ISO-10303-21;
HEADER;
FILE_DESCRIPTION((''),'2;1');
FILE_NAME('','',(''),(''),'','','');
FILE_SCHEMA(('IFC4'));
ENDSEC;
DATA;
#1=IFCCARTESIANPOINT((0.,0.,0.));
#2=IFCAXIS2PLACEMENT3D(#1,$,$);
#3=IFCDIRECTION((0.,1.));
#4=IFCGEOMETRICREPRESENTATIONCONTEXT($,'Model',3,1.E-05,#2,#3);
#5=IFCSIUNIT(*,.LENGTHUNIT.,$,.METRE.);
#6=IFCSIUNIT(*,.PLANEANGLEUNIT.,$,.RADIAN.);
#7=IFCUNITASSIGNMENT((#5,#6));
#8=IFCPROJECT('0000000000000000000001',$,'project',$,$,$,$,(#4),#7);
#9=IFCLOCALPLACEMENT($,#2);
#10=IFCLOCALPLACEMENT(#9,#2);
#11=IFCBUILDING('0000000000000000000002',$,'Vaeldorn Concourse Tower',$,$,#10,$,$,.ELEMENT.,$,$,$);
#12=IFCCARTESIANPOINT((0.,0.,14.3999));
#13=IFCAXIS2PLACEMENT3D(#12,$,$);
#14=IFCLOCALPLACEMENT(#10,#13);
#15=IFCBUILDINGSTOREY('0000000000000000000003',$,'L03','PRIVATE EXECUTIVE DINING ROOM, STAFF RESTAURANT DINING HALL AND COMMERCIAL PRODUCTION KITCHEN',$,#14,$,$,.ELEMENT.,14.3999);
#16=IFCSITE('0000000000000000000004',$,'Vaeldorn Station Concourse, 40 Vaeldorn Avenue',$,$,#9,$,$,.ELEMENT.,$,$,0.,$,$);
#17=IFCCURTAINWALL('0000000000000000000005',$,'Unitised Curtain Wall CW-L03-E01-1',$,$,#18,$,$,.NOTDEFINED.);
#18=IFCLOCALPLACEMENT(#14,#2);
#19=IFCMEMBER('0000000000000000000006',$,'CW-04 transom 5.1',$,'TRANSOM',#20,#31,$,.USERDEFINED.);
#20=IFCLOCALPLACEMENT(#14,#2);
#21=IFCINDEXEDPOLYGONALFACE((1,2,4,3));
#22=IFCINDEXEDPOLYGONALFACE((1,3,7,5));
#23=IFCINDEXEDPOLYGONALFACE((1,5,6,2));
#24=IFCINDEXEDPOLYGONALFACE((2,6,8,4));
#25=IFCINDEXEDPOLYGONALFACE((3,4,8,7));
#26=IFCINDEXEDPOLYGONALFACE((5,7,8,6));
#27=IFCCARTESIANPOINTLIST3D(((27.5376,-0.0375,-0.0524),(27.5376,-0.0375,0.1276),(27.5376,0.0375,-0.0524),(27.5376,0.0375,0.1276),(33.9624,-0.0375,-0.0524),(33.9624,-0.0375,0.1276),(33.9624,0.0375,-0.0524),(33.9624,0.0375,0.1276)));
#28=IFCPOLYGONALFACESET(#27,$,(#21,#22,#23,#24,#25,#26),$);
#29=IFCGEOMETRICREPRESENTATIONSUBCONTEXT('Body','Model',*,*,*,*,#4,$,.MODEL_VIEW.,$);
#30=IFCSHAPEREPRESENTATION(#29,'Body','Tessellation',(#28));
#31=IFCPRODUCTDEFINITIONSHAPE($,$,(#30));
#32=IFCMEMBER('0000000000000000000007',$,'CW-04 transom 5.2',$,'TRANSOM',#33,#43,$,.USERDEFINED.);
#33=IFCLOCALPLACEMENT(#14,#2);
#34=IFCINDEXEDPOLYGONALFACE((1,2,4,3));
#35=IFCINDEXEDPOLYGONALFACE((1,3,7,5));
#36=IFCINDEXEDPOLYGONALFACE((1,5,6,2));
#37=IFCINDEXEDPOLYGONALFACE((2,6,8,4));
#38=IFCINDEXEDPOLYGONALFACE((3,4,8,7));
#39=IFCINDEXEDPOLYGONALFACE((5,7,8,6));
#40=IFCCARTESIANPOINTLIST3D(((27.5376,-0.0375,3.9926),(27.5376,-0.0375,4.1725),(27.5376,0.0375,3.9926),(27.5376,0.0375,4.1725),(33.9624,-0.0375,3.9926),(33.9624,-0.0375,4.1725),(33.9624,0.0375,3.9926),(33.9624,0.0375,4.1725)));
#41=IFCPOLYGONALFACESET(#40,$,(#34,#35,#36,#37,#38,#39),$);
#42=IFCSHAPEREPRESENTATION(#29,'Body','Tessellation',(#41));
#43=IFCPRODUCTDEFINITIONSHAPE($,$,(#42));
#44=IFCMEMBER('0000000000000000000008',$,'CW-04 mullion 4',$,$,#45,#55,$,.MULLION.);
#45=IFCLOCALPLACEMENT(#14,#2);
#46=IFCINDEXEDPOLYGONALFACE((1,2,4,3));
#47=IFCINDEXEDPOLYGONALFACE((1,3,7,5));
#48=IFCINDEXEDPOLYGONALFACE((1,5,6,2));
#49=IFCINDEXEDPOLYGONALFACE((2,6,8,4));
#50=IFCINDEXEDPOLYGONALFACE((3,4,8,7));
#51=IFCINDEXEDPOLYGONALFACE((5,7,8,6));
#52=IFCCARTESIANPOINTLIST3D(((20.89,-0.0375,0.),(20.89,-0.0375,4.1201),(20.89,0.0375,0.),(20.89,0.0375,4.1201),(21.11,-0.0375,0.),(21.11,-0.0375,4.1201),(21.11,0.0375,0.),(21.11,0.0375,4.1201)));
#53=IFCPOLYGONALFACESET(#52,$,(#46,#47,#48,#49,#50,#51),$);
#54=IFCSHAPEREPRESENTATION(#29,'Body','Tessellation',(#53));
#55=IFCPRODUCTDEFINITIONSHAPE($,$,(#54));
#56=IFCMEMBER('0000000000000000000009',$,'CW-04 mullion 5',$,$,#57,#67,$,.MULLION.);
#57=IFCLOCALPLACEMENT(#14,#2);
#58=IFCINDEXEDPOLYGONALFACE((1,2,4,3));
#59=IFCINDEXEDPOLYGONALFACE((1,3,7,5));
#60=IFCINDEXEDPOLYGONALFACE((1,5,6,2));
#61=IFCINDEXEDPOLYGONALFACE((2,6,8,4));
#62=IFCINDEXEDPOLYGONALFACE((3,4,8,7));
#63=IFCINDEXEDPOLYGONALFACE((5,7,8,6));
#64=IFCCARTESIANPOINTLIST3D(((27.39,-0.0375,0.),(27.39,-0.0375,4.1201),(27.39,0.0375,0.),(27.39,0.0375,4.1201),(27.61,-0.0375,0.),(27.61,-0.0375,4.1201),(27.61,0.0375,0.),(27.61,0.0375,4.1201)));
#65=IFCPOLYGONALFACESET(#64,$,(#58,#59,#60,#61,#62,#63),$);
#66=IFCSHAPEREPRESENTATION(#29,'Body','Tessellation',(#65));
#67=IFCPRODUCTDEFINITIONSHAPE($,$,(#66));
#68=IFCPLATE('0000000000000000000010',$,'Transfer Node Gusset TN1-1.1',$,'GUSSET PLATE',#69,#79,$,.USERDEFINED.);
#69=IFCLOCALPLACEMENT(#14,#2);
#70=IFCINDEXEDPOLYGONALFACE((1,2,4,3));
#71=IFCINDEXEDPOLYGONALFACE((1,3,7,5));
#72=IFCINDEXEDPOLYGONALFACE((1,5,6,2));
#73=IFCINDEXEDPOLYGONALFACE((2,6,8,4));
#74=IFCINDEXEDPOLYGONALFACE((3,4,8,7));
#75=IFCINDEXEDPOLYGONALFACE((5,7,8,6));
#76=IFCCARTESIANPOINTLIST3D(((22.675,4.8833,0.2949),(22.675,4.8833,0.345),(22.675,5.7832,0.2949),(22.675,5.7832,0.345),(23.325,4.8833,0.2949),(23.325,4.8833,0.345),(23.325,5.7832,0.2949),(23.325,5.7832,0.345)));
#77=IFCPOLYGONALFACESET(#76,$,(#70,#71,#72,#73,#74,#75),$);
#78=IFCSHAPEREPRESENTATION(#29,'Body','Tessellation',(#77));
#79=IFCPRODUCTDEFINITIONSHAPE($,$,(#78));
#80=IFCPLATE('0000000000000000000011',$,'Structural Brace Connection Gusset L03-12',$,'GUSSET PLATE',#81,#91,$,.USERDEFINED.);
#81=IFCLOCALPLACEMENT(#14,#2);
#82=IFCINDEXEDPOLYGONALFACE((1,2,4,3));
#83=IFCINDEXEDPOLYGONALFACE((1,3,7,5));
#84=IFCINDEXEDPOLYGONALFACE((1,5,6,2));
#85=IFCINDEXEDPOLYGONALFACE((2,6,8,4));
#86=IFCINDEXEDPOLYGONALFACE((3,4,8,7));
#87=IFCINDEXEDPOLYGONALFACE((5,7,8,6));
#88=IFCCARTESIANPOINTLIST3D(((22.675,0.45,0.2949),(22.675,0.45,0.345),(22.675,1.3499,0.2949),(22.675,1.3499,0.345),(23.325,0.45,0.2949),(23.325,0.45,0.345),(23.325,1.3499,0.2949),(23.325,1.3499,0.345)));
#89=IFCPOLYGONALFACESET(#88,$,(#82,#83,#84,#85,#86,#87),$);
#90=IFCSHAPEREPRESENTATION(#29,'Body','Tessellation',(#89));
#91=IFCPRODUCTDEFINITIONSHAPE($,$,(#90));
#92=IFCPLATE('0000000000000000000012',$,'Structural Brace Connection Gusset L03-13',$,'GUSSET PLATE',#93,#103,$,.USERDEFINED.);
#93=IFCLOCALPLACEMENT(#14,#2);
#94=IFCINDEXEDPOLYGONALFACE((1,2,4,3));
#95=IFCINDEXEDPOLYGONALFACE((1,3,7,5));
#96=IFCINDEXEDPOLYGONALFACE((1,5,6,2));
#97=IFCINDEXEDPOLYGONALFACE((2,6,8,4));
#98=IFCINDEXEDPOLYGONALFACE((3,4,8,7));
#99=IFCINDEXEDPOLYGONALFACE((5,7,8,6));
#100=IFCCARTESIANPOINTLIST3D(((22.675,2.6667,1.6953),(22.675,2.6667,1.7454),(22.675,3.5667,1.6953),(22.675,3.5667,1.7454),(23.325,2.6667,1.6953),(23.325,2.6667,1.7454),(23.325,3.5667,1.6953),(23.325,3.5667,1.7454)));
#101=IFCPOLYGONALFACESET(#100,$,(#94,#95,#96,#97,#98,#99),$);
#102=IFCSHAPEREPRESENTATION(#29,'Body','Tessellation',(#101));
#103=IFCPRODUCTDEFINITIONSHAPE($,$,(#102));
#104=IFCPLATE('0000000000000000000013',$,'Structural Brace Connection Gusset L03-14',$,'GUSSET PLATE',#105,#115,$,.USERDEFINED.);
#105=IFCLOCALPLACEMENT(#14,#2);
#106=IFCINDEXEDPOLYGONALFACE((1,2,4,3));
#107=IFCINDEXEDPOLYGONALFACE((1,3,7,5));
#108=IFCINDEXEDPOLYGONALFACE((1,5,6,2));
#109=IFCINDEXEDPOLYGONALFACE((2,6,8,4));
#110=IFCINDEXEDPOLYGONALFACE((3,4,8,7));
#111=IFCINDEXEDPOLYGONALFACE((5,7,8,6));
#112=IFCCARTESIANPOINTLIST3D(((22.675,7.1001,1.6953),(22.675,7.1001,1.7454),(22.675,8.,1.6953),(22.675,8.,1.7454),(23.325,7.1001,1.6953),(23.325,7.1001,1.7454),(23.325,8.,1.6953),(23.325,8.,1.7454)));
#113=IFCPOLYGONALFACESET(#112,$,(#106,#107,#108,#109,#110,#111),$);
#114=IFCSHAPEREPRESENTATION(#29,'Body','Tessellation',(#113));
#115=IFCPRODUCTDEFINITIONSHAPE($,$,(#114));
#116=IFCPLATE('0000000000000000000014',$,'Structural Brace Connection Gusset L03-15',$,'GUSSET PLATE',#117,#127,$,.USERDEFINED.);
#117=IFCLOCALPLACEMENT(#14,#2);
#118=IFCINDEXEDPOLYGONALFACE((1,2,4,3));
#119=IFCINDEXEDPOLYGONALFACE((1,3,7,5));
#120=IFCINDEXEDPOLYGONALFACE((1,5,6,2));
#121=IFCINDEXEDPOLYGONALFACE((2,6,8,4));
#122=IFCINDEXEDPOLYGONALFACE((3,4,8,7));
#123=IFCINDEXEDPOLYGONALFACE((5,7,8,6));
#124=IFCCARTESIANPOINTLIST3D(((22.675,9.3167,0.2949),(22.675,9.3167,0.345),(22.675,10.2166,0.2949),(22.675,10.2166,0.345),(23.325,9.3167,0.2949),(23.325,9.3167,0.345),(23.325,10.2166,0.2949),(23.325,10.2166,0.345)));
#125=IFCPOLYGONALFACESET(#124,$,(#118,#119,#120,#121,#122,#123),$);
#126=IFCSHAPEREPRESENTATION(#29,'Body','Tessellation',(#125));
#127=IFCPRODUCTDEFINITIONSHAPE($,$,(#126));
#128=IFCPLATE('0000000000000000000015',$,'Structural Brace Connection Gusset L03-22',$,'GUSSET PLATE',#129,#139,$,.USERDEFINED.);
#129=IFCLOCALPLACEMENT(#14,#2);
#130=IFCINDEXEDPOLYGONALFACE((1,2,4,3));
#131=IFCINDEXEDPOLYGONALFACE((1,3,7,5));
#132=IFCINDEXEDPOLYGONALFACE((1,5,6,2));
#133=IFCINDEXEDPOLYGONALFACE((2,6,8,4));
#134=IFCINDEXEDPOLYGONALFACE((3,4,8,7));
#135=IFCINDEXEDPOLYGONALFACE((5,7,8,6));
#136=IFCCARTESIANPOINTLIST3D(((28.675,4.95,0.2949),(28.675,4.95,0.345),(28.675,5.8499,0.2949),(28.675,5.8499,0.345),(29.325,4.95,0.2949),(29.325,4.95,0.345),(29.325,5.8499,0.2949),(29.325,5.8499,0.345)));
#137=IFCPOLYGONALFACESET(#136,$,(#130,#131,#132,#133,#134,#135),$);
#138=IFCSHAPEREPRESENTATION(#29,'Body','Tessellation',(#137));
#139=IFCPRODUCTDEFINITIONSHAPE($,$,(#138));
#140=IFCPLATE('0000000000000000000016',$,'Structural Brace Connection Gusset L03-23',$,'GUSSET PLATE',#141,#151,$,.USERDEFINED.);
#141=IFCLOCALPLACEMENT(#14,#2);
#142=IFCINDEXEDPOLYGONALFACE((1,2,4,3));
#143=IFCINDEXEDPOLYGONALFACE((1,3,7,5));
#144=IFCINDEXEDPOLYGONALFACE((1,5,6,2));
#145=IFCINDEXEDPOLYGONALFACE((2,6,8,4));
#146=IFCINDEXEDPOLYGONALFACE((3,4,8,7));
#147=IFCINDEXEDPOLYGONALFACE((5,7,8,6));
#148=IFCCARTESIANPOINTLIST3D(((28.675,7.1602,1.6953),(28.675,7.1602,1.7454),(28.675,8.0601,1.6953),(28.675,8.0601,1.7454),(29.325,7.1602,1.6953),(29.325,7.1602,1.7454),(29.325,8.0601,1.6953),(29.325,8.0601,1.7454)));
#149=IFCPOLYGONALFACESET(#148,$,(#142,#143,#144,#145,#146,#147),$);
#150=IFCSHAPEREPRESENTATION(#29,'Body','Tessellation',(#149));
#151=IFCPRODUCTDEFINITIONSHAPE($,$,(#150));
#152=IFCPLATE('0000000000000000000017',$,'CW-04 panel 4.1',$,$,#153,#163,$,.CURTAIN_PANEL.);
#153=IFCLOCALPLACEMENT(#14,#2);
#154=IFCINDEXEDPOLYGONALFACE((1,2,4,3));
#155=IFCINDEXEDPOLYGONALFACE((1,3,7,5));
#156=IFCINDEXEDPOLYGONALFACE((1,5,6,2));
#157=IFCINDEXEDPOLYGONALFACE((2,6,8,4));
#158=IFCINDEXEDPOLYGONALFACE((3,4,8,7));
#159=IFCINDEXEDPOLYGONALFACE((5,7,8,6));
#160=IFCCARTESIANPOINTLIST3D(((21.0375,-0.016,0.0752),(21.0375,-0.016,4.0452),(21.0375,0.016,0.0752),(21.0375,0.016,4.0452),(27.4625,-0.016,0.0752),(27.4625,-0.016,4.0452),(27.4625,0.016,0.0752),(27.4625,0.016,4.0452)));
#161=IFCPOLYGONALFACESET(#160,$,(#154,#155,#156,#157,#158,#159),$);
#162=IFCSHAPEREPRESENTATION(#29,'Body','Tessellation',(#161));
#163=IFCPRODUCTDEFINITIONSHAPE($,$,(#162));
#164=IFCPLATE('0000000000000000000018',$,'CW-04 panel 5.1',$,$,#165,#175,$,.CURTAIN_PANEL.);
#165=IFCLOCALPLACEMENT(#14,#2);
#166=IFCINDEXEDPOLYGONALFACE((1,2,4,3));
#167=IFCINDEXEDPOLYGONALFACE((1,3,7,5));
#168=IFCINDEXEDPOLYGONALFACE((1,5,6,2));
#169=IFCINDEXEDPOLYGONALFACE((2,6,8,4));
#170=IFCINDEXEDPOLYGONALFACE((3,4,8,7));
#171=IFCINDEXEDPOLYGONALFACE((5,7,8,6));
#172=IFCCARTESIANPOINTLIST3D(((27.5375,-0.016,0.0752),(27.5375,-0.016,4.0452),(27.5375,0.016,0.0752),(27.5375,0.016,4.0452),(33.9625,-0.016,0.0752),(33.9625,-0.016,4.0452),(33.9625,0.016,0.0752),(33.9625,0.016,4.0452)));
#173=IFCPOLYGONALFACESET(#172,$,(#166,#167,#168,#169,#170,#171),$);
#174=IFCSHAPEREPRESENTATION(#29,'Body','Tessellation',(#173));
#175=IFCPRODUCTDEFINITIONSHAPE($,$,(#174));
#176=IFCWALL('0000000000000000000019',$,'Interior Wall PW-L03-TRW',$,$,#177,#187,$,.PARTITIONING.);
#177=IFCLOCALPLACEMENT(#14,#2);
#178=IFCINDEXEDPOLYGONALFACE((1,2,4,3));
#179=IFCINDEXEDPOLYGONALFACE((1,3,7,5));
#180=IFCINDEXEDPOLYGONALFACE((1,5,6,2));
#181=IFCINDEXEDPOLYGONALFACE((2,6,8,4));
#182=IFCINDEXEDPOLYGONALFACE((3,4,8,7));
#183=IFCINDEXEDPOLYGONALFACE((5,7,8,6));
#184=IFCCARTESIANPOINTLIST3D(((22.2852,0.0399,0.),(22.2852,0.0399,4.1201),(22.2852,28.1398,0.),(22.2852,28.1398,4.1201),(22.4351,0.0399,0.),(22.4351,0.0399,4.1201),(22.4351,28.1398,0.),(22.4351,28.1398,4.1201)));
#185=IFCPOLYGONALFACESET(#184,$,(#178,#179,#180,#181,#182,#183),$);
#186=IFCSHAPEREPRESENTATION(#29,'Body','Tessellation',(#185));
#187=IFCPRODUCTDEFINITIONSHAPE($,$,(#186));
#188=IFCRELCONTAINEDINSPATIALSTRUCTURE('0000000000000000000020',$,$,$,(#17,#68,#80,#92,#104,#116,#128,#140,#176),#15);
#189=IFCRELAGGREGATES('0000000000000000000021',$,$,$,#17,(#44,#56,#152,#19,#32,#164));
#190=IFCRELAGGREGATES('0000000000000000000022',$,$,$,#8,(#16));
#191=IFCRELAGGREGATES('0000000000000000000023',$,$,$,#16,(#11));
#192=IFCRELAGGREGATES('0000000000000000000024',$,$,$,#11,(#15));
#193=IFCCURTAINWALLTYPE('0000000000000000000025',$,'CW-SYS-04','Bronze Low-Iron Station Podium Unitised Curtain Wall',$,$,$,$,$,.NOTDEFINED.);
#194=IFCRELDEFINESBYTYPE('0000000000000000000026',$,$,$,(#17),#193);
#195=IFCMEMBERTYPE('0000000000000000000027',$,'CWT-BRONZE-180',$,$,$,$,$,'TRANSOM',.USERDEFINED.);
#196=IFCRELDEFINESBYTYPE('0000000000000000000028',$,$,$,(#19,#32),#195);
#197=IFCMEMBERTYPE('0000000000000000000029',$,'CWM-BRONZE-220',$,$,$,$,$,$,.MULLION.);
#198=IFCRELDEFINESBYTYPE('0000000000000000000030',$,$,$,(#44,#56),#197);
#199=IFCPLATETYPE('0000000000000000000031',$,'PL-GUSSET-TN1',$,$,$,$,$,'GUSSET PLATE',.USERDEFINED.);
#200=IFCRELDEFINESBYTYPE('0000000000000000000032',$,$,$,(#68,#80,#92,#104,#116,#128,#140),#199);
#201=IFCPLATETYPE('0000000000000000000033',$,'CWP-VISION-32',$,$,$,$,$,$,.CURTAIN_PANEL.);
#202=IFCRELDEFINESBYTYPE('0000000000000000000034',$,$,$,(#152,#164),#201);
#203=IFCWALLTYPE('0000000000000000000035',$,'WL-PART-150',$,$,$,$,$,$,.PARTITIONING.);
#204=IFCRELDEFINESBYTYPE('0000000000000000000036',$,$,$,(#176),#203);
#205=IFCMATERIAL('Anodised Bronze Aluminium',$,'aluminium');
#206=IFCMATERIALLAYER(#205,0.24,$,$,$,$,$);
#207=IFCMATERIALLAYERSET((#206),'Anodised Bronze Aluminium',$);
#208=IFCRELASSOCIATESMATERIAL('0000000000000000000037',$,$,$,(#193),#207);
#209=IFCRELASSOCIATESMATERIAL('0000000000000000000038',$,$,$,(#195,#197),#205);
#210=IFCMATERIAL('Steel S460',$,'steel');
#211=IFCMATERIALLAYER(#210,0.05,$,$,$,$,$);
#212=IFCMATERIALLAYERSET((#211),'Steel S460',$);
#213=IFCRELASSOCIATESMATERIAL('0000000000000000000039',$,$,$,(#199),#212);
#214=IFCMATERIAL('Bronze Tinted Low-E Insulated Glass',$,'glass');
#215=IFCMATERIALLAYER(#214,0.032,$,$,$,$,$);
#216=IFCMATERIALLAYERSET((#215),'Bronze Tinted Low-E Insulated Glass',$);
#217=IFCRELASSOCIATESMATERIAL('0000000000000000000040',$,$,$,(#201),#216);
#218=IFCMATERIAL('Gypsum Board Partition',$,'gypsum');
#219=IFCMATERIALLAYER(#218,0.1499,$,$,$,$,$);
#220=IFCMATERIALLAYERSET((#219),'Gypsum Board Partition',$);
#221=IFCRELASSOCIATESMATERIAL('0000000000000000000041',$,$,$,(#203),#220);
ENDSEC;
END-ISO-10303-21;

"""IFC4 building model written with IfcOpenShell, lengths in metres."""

from ifc_helpers import new_model, si_unit, direction, frame, frame_2d, origin, origin_2d, place, context, subcontext, project, spatial, rectangle, extrude, source, transform, mapped, material, layer, layer_set, material_profile, profile_set, type_object, element, aggregate, save


model = new_model("IFC4")

# Units and contexts
model_context = context("Model", 3, precision=1e-05, world=origin(), true_north=direction((0.0, 1.0)))
body_context = subcontext(model_context, "Body", "Model", "MODEL_VIEW")
ifc_project = project(units=[si_unit("LENGTHUNIT", "METRE"), si_unit("PLANEANGLEUNIT", "RADIAN")], contexts=[model_context])

# Site, building, storey
site_placement = place(None, origin())
site = spatial("IfcSite", under=ifc_project, at=site_placement, Name="Vaeldorn Station Concourse, 40 Vaeldorn Avenue", CompositionType="ELEMENT", RefElevation=0.0)
building_placement = place(site_placement, origin())
building = spatial("IfcBuilding", under=site, at=building_placement, Name="Vaeldorn Concourse Tower", CompositionType="ELEMENT")
storey_placement = place(building_placement, frame((0.0, 0.0, 14.3999)))
storey = spatial("IfcBuildingStorey", under=building, at=storey_placement, Name="L03", Description="PRIVATE EXECUTIVE DINING ROOM, STAFF RESTAURANT DINING HALL AND COMMERCIAL PRODUCTION KITCHEN", CompositionType="ELEMENT", Elevation=14.3999)

# Shared definitions
ifc_material_1 = material(Name="Steel S460", Category="steel")

# Curtain wall, members
ifc_material_2 = material(Name="Anodised Bronze Aluminium", Category="aluminium")
ifc_layer_1 = layer(ifc_material_2, 0.24)
ifc_layer_set_1 = layer_set([ifc_layer_1], Name="Anodised Bronze Aluminium")
curtain_wall_type = type_object("IfcCurtainWallType", Name="CW-SYS-04", Description="Bronze Low-Iron Station Podium Unitised Curtain Wall", PredefinedType="NOTDEFINED", material=ifc_layer_set_1)
curtain_wall_placement = place(storey_placement, origin())
curtain_wall = element("IfcCurtainWall", 1, at=curtain_wall_placement, inside=storey, type_object=curtain_wall_type, Name="Unitised Curtain Wall CW-L03-E01-1", PredefinedType="NOTDEFINED")
ifc_material_profile_1 = material_profile(ifc_material_2, rectangle(XDim=0.075, YDim=0.1799, at=origin_2d()), Name="CWT 75x180")
ifc_profile_set_1 = profile_set([ifc_material_profile_1], Name="Anodised Bronze Aluminium")
member_type_1 = type_object("IfcMemberType", Name="CWT-BRONZE-180", ElementType="TRANSOM", PredefinedType="USERDEFINED", material=ifc_profile_set_1)
shared_shape_1 = source(origin(), body_context, "Body", "SweptSolid", [
    extrude(rectangle(XDim=0.075, YDim=0.1799, at=origin_2d()), origin(), (0.0, 0.0, 1.0), 6.4248),
])
member_1_placement = place(storey_placement, frame((27.5376, 0.0, 0.0376), z_axis=(1.0, 0.0, 0.0), x_axis=(0.0, 1.0, 0.0)))
member_1 = element("IfcMember", 2, at=member_1_placement, type_object=member_type_1, Name="CW-04 transom 5.1", ObjectType="TRANSOM", PredefinedType="USERDEFINED", context=body_context, shape_type="MappedRepresentation", body=[
    mapped(shared_shape_1, transform((0.0, 0.0, 0.0), scale=1.0)),
])
member_2_placement = place(storey_placement, frame((27.5376, 0.0, 4.0825), z_axis=(1.0, 0.0, 0.0), x_axis=(0.0, 1.0, 0.0)))
member_2 = element("IfcMember", 3, at=member_2_placement, type_object=member_type_1, Name="CW-04 transom 5.2", ObjectType="TRANSOM", PredefinedType="USERDEFINED", context=body_context, shape_type="MappedRepresentation", body=[
    mapped(shared_shape_1, transform((0.0, 0.0, 0.0), scale=1.0)),
])
ifc_material_profile_2 = material_profile(ifc_material_2, rectangle(XDim=0.075, YDim=0.22, at=origin_2d()), Name="CWM 75x220")
ifc_profile_set_2 = profile_set([ifc_material_profile_2], Name="Anodised Bronze Aluminium")
member_type_2 = type_object("IfcMemberType", Name="CWM-BRONZE-220", PredefinedType="MULLION", material=ifc_profile_set_2)
shared_shape_2 = source(origin(), body_context, "Body", "SweptSolid", [
    extrude(rectangle(XDim=0.075, YDim=0.22, at=origin_2d()), origin(), (0.0, 0.0, 1.0), 4.1201),
])
member_3_placement = place(storey_placement, frame((21.0, 0.0, 0.0), z_axis=(0.0, 0.0, 1.0), x_axis=(0.0, 1.0, 0.0)))
member_3 = element("IfcMember", 4, at=member_3_placement, type_object=member_type_2, Name="CW-04 mullion 4", PredefinedType="MULLION", context=body_context, shape_type="MappedRepresentation", body=[
    mapped(shared_shape_2, transform((0.0, 0.0, 0.0), scale=1.0)),
])
member_4_placement = place(storey_placement, frame((27.5, 0.0, 0.0), z_axis=(0.0, 0.0, 1.0), x_axis=(0.0, 1.0, 0.0)))
member_4 = element("IfcMember", 5, at=member_4_placement, type_object=member_type_2, Name="CW-04 mullion 5", PredefinedType="MULLION", context=body_context, shape_type="MappedRepresentation", body=[
    mapped(shared_shape_2, transform((0.0, 0.0, 0.0), scale=1.0)),
])

# Plates
ifc_layer_2 = layer(ifc_material_1, 0.05)
ifc_layer_set_2 = layer_set([ifc_layer_2], Name="Steel S460")
plate_type_1 = type_object("IfcPlateType", Name="PL-GUSSET-TN1", ElementType="GUSSET PLATE", PredefinedType="USERDEFINED", material=ifc_layer_set_2)
shared_shape_3 = source(origin(), body_context, "Body", "SweptSolid", [
    extrude(rectangle(XDim=0.8999, YDim=0.6499, at=origin_2d()), origin(), (0.0, 0.0, 1.0), 0.05),
])
for number, where, z_axis, x_axis, name in (
    (6, (23.0, 5.3333, 0.2949), (0.0, 0.0, 1.0), (0.0, 1.0, 0.0), "Transfer Node Gusset TN1-1.1"),
    (7, (23.0, 0.8999, 0.2949), (0.0, 0.0, 1.0), (0.0, 1.0, 0.0), "Structural Brace Connection Gusset L03-12"),
    (8, (23.0, 3.1167, 1.6953), (0.0, 0.0, 1.0), (0.0, 1.0, 0.0), "Structural Brace Connection Gusset L03-13"),
    (9, (23.0, 7.55, 1.6953), (0.0, 0.0, 1.0), (0.0, 1.0, 0.0), "Structural Brace Connection Gusset L03-14"),
    (10, (23.0, 9.7666, 0.2949), (0.0, 0.0, 1.0), (0.0, 1.0, 0.0), "Structural Brace Connection Gusset L03-15"),
    (11, (29.0, 5.3999, 0.2949), (0.0, 0.0, 1.0), (0.0, 1.0, 0.0), "Structural Brace Connection Gusset L03-22"),
    (12, (29.0, 7.6101, 1.6953), (0.0, 0.0, 1.0), (0.0, 1.0, 0.0), "Structural Brace Connection Gusset L03-23"),
):
    element("IfcPlate", number, at=place(storey_placement, frame(where, z_axis=z_axis, x_axis=x_axis)), inside=storey, type_object=plate_type_1, Name=name, ObjectType="GUSSET PLATE", PredefinedType="USERDEFINED", context=body_context, shape_type="MappedRepresentation", body=[
        mapped(shared_shape_3, transform((0.0, 0.0, 0.0), scale=1.0)),
    ])

# Plates
ifc_material_3 = material(Name="Bronze Tinted Low-E Insulated Glass", Category="glass")
ifc_layer_3 = layer(ifc_material_3, 0.032)
ifc_layer_set_3 = layer_set([ifc_layer_3], Name="Bronze Tinted Low-E Insulated Glass")
plate_type_2 = type_object("IfcPlateType", Name="CWP-VISION-32", PredefinedType="CURTAIN_PANEL", material=ifc_layer_set_3)
shared_shape_4 = source(origin(), body_context, "Body", "SweptSolid", [
    extrude(rectangle(XDim=6.425, YDim=0.032, at=origin_2d()), origin(), (0.0, 0.0, 1.0), 3.97),
])
plate_1_placement = place(storey_placement, frame((24.25, 0.0, 0.0752), z_axis=(0.0, 0.0, 1.0), x_axis=(1.0, 0.0, 0.0)))
plate_1 = element("IfcPlate", 13, at=plate_1_placement, type_object=plate_type_2, Name="CW-04 panel 4.1", PredefinedType="CURTAIN_PANEL", context=body_context, shape_type="MappedRepresentation", body=[
    mapped(shared_shape_4, transform((0.0, 0.0, 0.0), scale=1.0)),
])
plate_2_placement = place(storey_placement, frame((30.75, 0.0, 0.0752), z_axis=(0.0, 0.0, 1.0), x_axis=(1.0, 0.0, 0.0)))
plate_2 = element("IfcPlate", 14, at=plate_2_placement, type_object=plate_type_2, Name="CW-04 panel 5.1", PredefinedType="CURTAIN_PANEL", context=body_context, shape_type="MappedRepresentation", body=[
    mapped(shared_shape_4, transform((0.0, 0.0, 0.0), scale=1.0)),
])
aggregate(curtain_wall, [member_3, member_4, plate_1, member_1, member_2, plate_2])

# Wall
ifc_material_4 = material(Name="Gypsum Board Partition", Category="gypsum")
ifc_layer_4 = layer(ifc_material_4, 0.1499)
ifc_layer_set_4 = layer_set([ifc_layer_4], Name="Gypsum Board Partition")
wall_type = type_object("IfcWallType", Name="WL-PART-150", PredefinedType="PARTITIONING", material=ifc_layer_set_4)
wall_placement = place(storey_placement, frame((22.3601, 0.04, 0.0), z_axis=(0.0, 0.0, 1.0), x_axis=(0.0, 1.0, 0.0)))
element("IfcWall", 15, at=wall_placement, inside=storey, type_object=wall_type, Name="Interior Wall PW-L03-TRW", PredefinedType="PARTITIONING", context=body_context, shape_type="SweptSolid", body=[
    extrude(rectangle(XDim=28.0999, YDim=0.1499, at=frame_2d((14.0498, 0.0))), origin(), (0.0, 0.0, 1.0), 4.1201),
])

save(model, "model.ifc")
